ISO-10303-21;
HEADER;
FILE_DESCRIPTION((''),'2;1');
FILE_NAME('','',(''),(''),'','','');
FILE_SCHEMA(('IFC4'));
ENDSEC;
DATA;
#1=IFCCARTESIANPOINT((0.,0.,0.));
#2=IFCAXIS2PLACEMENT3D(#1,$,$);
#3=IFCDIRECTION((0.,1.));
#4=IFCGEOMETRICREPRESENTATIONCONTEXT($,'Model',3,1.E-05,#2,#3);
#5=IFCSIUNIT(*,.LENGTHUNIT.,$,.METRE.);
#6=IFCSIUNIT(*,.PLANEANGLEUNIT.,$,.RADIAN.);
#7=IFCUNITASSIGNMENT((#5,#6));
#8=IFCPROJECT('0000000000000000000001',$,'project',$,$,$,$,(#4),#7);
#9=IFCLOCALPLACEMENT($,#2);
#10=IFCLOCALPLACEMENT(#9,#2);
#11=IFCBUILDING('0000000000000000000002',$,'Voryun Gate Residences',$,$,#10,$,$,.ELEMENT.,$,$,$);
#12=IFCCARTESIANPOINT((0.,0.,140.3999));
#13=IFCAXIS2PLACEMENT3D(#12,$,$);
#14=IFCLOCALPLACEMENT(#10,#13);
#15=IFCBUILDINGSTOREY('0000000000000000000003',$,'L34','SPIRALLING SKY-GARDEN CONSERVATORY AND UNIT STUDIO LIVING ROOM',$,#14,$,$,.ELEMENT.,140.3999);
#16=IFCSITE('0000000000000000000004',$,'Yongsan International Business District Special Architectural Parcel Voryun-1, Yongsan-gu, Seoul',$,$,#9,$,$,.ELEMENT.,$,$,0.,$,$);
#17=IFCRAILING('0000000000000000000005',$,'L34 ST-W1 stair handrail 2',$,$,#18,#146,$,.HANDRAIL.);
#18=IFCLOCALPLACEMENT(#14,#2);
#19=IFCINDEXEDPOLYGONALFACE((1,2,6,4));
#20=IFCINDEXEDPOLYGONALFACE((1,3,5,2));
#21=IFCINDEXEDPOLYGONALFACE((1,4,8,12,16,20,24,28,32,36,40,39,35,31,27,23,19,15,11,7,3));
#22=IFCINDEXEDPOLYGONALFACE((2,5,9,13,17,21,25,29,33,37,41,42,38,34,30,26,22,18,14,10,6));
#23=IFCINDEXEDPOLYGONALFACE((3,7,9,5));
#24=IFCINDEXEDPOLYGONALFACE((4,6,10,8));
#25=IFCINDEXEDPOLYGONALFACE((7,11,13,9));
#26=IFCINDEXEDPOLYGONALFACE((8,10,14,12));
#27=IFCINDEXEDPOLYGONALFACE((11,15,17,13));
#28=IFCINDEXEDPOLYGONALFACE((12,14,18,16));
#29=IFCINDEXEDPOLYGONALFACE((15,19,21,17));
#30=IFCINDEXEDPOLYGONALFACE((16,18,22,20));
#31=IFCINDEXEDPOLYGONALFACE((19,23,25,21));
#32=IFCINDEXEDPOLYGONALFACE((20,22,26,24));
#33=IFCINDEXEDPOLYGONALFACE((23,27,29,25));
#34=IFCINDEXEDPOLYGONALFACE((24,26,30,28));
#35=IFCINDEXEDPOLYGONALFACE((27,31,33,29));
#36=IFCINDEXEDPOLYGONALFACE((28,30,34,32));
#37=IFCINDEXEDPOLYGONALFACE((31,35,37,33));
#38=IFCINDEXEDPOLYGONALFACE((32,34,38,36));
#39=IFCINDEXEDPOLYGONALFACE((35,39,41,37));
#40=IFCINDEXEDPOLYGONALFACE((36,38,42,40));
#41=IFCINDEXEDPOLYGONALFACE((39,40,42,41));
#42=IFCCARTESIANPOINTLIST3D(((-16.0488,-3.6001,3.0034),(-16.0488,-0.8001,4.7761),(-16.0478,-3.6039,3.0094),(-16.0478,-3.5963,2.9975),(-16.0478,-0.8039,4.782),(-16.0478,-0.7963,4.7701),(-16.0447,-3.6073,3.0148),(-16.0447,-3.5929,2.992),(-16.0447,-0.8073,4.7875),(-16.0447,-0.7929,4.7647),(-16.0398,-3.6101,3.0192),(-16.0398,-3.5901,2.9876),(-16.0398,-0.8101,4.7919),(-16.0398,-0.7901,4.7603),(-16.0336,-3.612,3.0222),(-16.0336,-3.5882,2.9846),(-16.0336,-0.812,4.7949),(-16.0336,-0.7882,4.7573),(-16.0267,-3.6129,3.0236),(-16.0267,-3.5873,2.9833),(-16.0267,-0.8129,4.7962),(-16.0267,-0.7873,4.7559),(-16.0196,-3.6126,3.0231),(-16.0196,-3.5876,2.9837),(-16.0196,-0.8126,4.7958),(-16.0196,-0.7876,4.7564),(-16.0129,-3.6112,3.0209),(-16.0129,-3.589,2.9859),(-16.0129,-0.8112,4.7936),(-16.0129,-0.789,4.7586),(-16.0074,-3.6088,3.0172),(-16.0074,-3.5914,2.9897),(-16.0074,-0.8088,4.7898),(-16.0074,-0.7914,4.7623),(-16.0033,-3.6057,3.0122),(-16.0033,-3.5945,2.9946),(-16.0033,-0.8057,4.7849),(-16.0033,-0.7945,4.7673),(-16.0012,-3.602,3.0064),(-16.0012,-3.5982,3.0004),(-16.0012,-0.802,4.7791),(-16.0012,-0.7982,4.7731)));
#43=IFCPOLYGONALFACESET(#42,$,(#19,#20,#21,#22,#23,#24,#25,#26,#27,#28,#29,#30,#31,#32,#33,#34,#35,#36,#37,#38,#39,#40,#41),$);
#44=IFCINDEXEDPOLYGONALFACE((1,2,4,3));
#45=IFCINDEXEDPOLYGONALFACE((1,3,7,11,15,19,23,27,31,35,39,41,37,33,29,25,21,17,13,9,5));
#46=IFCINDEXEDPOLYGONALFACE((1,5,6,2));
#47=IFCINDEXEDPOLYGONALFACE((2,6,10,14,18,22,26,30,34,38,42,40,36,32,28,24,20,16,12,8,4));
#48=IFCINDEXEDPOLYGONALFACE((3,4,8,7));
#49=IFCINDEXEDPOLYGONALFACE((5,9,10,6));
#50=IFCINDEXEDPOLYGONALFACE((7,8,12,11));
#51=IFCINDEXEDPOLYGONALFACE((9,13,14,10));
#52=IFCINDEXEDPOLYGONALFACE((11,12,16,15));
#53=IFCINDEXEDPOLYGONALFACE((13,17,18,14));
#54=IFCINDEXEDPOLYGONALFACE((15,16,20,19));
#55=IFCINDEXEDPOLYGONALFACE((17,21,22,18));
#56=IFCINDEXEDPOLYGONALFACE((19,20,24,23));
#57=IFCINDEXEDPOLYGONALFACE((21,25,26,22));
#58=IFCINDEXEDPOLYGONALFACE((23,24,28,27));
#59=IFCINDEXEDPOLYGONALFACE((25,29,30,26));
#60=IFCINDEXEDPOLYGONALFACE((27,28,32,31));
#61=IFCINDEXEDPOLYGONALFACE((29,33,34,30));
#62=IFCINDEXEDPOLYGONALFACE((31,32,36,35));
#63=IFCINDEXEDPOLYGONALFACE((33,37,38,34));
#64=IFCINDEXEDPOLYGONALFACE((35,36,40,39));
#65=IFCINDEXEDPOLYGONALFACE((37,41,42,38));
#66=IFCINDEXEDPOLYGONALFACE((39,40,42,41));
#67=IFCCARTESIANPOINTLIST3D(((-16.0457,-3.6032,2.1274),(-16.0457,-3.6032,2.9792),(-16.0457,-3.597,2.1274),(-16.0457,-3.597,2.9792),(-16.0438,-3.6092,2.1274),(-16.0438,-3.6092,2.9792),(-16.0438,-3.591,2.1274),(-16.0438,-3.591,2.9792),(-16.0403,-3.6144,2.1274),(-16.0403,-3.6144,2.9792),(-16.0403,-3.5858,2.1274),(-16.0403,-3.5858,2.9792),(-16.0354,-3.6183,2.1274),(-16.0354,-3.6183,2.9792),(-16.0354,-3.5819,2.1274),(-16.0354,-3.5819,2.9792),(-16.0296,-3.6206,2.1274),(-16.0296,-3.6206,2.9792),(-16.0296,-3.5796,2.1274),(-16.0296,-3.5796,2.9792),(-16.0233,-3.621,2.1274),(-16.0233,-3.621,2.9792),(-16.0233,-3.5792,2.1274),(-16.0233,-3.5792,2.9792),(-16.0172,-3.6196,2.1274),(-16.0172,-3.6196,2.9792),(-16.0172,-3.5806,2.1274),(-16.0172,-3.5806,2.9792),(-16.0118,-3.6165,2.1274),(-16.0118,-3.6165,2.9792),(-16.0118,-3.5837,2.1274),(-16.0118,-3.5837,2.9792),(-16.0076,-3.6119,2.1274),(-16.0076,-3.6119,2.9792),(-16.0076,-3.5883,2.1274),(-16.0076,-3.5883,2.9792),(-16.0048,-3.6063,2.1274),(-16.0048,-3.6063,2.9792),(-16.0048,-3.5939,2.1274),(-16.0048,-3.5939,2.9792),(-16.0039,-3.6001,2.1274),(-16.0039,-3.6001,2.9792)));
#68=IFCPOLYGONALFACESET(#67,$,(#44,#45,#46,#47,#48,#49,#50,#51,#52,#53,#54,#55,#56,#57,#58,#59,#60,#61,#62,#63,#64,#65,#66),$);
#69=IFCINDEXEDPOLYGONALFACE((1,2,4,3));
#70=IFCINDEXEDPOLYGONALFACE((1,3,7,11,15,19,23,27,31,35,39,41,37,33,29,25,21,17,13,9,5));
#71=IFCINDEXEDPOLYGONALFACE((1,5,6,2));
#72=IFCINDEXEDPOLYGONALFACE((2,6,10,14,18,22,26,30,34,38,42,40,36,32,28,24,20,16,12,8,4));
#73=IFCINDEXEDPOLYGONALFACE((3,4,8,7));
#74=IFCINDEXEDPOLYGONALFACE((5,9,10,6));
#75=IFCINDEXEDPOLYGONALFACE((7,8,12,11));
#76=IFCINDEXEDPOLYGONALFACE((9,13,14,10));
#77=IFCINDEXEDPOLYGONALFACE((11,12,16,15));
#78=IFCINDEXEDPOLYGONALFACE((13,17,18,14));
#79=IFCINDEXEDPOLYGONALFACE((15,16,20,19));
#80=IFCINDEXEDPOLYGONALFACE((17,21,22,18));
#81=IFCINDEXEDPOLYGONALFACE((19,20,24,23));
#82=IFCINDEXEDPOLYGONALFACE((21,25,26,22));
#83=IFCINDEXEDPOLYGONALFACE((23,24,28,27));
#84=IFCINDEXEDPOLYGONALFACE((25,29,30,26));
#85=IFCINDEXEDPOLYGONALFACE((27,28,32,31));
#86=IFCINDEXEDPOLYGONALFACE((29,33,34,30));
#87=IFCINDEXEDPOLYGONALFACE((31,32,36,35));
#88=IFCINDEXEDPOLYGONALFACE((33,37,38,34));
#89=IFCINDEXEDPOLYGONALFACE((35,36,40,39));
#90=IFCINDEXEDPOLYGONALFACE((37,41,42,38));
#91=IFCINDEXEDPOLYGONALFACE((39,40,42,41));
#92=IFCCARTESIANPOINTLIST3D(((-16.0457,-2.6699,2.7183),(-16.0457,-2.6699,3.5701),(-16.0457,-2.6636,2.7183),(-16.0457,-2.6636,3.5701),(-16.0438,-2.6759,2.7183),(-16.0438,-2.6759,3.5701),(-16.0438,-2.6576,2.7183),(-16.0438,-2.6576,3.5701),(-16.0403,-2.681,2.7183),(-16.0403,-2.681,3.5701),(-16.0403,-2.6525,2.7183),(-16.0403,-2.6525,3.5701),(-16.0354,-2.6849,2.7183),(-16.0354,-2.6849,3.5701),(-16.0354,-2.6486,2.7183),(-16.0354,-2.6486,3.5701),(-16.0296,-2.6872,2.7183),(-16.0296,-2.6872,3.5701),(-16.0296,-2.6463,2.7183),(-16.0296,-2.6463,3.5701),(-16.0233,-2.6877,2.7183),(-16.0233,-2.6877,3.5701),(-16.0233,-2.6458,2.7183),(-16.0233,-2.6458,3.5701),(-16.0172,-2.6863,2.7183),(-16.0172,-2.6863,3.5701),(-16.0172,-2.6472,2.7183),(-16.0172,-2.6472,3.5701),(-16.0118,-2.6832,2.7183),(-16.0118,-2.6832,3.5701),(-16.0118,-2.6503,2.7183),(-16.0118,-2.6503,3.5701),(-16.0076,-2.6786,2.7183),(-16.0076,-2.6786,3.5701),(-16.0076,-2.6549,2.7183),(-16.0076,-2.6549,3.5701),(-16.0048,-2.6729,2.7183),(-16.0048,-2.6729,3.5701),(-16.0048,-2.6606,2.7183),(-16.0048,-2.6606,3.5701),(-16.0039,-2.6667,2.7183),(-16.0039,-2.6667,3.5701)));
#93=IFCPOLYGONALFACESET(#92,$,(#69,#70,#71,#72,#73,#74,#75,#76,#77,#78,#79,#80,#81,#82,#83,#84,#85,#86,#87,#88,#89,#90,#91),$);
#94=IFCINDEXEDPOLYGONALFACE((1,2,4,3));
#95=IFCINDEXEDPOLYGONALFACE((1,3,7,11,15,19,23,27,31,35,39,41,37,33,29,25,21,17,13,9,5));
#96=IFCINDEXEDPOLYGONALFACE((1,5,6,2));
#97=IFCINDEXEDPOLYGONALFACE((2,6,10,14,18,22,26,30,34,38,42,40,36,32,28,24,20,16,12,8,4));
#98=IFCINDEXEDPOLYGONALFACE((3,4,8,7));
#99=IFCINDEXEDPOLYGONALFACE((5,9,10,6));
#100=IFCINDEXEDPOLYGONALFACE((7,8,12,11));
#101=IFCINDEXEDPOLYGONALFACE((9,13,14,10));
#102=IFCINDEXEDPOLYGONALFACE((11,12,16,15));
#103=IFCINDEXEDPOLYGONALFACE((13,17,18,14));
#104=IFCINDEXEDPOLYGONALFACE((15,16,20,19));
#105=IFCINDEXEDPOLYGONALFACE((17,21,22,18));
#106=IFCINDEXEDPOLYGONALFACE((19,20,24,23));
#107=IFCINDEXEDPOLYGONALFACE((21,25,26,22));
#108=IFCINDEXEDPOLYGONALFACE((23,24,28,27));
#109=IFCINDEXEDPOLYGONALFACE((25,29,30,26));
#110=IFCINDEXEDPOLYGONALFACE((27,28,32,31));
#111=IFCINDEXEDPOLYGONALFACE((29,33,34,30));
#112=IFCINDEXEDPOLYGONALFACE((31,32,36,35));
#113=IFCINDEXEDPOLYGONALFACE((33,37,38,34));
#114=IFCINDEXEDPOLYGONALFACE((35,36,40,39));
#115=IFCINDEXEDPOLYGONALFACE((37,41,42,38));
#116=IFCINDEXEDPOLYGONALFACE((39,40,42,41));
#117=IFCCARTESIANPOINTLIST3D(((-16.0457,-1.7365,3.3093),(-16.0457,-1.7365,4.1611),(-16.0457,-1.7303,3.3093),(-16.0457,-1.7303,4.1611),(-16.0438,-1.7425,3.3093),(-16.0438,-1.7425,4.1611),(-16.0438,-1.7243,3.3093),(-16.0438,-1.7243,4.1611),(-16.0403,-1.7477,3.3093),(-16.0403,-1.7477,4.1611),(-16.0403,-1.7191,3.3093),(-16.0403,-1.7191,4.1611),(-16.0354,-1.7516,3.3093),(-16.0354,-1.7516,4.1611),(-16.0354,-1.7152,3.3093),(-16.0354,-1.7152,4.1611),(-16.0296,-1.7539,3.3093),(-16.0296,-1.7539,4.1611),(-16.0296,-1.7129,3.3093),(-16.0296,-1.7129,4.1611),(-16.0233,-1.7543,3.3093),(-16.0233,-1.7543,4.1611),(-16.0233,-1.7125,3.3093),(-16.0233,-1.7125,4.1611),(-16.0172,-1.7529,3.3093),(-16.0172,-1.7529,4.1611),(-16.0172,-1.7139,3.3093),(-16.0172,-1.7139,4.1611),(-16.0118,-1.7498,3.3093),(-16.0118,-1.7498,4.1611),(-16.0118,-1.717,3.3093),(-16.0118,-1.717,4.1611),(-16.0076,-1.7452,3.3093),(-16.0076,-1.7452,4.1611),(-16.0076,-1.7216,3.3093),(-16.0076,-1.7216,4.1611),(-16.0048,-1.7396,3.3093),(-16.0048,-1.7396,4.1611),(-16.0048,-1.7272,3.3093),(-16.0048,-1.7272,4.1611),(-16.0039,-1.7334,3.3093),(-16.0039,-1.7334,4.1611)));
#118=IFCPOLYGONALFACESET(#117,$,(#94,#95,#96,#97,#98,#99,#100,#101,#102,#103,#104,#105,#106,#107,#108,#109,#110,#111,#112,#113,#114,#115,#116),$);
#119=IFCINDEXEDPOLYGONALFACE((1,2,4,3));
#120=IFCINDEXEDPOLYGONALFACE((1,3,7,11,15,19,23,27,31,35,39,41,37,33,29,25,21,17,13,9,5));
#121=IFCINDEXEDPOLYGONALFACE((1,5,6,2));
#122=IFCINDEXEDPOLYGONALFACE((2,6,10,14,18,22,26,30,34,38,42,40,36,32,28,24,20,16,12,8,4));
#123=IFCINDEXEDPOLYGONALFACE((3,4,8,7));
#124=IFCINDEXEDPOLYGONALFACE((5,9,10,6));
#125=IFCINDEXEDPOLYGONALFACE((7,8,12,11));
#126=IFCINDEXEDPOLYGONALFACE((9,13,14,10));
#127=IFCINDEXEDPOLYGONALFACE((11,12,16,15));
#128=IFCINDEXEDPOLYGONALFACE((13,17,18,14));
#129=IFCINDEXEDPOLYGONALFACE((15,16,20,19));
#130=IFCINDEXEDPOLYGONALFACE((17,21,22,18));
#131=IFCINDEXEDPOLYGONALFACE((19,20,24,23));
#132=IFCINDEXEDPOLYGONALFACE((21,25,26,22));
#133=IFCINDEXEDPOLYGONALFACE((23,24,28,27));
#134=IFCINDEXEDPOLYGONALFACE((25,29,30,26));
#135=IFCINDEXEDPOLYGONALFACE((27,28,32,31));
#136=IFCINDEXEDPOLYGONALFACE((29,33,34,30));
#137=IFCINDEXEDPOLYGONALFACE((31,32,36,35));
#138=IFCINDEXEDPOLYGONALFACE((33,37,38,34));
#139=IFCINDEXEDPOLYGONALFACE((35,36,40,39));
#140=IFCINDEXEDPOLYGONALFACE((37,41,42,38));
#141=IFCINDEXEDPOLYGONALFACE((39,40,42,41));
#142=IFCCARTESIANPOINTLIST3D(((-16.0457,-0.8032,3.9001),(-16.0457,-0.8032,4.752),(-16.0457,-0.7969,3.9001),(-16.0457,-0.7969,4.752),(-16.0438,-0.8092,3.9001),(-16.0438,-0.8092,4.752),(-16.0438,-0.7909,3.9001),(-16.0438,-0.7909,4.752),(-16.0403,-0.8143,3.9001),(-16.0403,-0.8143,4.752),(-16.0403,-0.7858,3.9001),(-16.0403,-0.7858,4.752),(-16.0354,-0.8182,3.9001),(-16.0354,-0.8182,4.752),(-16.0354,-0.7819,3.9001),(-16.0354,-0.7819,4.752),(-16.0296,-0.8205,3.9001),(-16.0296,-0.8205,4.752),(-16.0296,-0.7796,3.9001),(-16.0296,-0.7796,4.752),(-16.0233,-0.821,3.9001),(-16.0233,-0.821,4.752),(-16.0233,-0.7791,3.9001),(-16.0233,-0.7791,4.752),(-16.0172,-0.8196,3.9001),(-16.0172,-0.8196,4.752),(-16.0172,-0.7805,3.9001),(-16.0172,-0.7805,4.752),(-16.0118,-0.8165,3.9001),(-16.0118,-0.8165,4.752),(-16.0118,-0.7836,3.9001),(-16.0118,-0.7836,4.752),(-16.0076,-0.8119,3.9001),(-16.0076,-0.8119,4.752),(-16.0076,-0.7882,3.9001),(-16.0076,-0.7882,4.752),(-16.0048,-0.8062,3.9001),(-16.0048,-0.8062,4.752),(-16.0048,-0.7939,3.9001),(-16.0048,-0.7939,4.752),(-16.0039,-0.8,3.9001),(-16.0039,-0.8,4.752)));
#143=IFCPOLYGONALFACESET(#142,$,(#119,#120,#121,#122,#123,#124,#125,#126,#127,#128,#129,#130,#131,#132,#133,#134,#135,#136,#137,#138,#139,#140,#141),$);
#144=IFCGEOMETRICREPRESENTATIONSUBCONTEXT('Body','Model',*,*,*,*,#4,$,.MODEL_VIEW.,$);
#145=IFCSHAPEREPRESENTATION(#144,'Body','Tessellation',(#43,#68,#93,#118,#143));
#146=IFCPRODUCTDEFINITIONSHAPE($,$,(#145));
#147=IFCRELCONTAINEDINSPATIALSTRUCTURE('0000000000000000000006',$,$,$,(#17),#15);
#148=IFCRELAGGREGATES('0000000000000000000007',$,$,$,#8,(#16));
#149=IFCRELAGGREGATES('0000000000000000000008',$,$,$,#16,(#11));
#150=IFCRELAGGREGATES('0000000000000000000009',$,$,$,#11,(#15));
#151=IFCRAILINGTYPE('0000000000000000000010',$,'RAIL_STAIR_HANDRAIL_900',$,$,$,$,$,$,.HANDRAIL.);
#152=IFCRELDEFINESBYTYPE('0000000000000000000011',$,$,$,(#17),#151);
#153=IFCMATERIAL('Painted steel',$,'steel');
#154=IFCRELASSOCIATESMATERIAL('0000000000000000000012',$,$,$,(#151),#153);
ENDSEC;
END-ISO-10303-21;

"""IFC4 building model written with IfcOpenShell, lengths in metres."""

from ifc_helpers import new_model, si_unit, direction, frame, origin, origin_2d, place, context, subcontext, project, spatial, circle, extrude, material, type_object, element, save


model = new_model("IFC4")

# Units and contexts
model_context = context("Model", 3, precision=1e-05, world=origin(), true_north=direction((0.0, 1.0)))
body_context = subcontext(model_context, "Body", "Model", "MODEL_VIEW")
ifc_project = project(units=[si_unit("LENGTHUNIT", "METRE"), si_unit("PLANEANGLEUNIT", "RADIAN")], contexts=[model_context])

# Site, building, storey
site_placement = place(None, origin())
site = spatial("IfcSite", under=ifc_project, at=site_placement, Name="Yongsan International Business District Special Architectural Parcel Voryun-1, Yongsan-gu, Seoul", CompositionType="ELEMENT", RefElevation=0.0)
building_placement = place(site_placement, origin())
building = spatial("IfcBuilding", under=site, at=building_placement, Name="Voryun Gate Residences", CompositionType="ELEMENT")
storey_placement = place(building_placement, frame((0.0, 0.0, 140.3999)))
storey = spatial("IfcBuildingStorey", under=building, at=storey_placement, Name="L34", Description="SPIRALLING SKY-GARDEN CONSERVATORY AND UNIT STUDIO LIVING ROOM", CompositionType="ELEMENT", Elevation=140.3999)

# Railing
ifc_material_1 = material(Name="Painted steel", Category="steel")
railing_type_1 = type_object("IfcRailingType", Name="RAIL_STAIR_HANDRAIL_900", PredefinedType="HANDRAIL", material=ifc_material_1)
railing_1_placement = place(storey_placement, frame((-16.0249, -3.6001, 2.1274)))
element("IfcRailing", 1, at=railing_1_placement, inside=storey, type_object=railing_type_1, Name="L34 ST-W1 stair handrail 2", PredefinedType="HANDRAIL", context=body_context, shape_type="SweptSolid", body=[
    extrude(circle(Radius=0.0239, at=origin_2d()), frame((0.0, 0.0, 0.876), z_axis=(0.0, 0.844909, 0.53491), x_axis=(-1.0, 0.0, 0.0)), (0.0, 0.0, 1.0), 3.314),
    extrude(circle(Radius=0.021, at=origin_2d()), origin(), (0.0, 0.0, 1.0), 0.8518),
    extrude(circle(Radius=0.021, at=origin_2d()), frame((0.0, 0.9333, 0.5908)), (0.0, 0.0, 1.0), 0.8518),
    extrude(circle(Radius=0.021, at=origin_2d()), frame((0.0, 1.8667, 1.1819)), (0.0, 0.0, 1.0), 0.8518),
    extrude(circle(Radius=0.021, at=origin_2d()), frame((0.0, 2.8, 1.7727)), (0.0, 0.0, 1.0), 0.8518),
])

save(model, "model.ifc")
